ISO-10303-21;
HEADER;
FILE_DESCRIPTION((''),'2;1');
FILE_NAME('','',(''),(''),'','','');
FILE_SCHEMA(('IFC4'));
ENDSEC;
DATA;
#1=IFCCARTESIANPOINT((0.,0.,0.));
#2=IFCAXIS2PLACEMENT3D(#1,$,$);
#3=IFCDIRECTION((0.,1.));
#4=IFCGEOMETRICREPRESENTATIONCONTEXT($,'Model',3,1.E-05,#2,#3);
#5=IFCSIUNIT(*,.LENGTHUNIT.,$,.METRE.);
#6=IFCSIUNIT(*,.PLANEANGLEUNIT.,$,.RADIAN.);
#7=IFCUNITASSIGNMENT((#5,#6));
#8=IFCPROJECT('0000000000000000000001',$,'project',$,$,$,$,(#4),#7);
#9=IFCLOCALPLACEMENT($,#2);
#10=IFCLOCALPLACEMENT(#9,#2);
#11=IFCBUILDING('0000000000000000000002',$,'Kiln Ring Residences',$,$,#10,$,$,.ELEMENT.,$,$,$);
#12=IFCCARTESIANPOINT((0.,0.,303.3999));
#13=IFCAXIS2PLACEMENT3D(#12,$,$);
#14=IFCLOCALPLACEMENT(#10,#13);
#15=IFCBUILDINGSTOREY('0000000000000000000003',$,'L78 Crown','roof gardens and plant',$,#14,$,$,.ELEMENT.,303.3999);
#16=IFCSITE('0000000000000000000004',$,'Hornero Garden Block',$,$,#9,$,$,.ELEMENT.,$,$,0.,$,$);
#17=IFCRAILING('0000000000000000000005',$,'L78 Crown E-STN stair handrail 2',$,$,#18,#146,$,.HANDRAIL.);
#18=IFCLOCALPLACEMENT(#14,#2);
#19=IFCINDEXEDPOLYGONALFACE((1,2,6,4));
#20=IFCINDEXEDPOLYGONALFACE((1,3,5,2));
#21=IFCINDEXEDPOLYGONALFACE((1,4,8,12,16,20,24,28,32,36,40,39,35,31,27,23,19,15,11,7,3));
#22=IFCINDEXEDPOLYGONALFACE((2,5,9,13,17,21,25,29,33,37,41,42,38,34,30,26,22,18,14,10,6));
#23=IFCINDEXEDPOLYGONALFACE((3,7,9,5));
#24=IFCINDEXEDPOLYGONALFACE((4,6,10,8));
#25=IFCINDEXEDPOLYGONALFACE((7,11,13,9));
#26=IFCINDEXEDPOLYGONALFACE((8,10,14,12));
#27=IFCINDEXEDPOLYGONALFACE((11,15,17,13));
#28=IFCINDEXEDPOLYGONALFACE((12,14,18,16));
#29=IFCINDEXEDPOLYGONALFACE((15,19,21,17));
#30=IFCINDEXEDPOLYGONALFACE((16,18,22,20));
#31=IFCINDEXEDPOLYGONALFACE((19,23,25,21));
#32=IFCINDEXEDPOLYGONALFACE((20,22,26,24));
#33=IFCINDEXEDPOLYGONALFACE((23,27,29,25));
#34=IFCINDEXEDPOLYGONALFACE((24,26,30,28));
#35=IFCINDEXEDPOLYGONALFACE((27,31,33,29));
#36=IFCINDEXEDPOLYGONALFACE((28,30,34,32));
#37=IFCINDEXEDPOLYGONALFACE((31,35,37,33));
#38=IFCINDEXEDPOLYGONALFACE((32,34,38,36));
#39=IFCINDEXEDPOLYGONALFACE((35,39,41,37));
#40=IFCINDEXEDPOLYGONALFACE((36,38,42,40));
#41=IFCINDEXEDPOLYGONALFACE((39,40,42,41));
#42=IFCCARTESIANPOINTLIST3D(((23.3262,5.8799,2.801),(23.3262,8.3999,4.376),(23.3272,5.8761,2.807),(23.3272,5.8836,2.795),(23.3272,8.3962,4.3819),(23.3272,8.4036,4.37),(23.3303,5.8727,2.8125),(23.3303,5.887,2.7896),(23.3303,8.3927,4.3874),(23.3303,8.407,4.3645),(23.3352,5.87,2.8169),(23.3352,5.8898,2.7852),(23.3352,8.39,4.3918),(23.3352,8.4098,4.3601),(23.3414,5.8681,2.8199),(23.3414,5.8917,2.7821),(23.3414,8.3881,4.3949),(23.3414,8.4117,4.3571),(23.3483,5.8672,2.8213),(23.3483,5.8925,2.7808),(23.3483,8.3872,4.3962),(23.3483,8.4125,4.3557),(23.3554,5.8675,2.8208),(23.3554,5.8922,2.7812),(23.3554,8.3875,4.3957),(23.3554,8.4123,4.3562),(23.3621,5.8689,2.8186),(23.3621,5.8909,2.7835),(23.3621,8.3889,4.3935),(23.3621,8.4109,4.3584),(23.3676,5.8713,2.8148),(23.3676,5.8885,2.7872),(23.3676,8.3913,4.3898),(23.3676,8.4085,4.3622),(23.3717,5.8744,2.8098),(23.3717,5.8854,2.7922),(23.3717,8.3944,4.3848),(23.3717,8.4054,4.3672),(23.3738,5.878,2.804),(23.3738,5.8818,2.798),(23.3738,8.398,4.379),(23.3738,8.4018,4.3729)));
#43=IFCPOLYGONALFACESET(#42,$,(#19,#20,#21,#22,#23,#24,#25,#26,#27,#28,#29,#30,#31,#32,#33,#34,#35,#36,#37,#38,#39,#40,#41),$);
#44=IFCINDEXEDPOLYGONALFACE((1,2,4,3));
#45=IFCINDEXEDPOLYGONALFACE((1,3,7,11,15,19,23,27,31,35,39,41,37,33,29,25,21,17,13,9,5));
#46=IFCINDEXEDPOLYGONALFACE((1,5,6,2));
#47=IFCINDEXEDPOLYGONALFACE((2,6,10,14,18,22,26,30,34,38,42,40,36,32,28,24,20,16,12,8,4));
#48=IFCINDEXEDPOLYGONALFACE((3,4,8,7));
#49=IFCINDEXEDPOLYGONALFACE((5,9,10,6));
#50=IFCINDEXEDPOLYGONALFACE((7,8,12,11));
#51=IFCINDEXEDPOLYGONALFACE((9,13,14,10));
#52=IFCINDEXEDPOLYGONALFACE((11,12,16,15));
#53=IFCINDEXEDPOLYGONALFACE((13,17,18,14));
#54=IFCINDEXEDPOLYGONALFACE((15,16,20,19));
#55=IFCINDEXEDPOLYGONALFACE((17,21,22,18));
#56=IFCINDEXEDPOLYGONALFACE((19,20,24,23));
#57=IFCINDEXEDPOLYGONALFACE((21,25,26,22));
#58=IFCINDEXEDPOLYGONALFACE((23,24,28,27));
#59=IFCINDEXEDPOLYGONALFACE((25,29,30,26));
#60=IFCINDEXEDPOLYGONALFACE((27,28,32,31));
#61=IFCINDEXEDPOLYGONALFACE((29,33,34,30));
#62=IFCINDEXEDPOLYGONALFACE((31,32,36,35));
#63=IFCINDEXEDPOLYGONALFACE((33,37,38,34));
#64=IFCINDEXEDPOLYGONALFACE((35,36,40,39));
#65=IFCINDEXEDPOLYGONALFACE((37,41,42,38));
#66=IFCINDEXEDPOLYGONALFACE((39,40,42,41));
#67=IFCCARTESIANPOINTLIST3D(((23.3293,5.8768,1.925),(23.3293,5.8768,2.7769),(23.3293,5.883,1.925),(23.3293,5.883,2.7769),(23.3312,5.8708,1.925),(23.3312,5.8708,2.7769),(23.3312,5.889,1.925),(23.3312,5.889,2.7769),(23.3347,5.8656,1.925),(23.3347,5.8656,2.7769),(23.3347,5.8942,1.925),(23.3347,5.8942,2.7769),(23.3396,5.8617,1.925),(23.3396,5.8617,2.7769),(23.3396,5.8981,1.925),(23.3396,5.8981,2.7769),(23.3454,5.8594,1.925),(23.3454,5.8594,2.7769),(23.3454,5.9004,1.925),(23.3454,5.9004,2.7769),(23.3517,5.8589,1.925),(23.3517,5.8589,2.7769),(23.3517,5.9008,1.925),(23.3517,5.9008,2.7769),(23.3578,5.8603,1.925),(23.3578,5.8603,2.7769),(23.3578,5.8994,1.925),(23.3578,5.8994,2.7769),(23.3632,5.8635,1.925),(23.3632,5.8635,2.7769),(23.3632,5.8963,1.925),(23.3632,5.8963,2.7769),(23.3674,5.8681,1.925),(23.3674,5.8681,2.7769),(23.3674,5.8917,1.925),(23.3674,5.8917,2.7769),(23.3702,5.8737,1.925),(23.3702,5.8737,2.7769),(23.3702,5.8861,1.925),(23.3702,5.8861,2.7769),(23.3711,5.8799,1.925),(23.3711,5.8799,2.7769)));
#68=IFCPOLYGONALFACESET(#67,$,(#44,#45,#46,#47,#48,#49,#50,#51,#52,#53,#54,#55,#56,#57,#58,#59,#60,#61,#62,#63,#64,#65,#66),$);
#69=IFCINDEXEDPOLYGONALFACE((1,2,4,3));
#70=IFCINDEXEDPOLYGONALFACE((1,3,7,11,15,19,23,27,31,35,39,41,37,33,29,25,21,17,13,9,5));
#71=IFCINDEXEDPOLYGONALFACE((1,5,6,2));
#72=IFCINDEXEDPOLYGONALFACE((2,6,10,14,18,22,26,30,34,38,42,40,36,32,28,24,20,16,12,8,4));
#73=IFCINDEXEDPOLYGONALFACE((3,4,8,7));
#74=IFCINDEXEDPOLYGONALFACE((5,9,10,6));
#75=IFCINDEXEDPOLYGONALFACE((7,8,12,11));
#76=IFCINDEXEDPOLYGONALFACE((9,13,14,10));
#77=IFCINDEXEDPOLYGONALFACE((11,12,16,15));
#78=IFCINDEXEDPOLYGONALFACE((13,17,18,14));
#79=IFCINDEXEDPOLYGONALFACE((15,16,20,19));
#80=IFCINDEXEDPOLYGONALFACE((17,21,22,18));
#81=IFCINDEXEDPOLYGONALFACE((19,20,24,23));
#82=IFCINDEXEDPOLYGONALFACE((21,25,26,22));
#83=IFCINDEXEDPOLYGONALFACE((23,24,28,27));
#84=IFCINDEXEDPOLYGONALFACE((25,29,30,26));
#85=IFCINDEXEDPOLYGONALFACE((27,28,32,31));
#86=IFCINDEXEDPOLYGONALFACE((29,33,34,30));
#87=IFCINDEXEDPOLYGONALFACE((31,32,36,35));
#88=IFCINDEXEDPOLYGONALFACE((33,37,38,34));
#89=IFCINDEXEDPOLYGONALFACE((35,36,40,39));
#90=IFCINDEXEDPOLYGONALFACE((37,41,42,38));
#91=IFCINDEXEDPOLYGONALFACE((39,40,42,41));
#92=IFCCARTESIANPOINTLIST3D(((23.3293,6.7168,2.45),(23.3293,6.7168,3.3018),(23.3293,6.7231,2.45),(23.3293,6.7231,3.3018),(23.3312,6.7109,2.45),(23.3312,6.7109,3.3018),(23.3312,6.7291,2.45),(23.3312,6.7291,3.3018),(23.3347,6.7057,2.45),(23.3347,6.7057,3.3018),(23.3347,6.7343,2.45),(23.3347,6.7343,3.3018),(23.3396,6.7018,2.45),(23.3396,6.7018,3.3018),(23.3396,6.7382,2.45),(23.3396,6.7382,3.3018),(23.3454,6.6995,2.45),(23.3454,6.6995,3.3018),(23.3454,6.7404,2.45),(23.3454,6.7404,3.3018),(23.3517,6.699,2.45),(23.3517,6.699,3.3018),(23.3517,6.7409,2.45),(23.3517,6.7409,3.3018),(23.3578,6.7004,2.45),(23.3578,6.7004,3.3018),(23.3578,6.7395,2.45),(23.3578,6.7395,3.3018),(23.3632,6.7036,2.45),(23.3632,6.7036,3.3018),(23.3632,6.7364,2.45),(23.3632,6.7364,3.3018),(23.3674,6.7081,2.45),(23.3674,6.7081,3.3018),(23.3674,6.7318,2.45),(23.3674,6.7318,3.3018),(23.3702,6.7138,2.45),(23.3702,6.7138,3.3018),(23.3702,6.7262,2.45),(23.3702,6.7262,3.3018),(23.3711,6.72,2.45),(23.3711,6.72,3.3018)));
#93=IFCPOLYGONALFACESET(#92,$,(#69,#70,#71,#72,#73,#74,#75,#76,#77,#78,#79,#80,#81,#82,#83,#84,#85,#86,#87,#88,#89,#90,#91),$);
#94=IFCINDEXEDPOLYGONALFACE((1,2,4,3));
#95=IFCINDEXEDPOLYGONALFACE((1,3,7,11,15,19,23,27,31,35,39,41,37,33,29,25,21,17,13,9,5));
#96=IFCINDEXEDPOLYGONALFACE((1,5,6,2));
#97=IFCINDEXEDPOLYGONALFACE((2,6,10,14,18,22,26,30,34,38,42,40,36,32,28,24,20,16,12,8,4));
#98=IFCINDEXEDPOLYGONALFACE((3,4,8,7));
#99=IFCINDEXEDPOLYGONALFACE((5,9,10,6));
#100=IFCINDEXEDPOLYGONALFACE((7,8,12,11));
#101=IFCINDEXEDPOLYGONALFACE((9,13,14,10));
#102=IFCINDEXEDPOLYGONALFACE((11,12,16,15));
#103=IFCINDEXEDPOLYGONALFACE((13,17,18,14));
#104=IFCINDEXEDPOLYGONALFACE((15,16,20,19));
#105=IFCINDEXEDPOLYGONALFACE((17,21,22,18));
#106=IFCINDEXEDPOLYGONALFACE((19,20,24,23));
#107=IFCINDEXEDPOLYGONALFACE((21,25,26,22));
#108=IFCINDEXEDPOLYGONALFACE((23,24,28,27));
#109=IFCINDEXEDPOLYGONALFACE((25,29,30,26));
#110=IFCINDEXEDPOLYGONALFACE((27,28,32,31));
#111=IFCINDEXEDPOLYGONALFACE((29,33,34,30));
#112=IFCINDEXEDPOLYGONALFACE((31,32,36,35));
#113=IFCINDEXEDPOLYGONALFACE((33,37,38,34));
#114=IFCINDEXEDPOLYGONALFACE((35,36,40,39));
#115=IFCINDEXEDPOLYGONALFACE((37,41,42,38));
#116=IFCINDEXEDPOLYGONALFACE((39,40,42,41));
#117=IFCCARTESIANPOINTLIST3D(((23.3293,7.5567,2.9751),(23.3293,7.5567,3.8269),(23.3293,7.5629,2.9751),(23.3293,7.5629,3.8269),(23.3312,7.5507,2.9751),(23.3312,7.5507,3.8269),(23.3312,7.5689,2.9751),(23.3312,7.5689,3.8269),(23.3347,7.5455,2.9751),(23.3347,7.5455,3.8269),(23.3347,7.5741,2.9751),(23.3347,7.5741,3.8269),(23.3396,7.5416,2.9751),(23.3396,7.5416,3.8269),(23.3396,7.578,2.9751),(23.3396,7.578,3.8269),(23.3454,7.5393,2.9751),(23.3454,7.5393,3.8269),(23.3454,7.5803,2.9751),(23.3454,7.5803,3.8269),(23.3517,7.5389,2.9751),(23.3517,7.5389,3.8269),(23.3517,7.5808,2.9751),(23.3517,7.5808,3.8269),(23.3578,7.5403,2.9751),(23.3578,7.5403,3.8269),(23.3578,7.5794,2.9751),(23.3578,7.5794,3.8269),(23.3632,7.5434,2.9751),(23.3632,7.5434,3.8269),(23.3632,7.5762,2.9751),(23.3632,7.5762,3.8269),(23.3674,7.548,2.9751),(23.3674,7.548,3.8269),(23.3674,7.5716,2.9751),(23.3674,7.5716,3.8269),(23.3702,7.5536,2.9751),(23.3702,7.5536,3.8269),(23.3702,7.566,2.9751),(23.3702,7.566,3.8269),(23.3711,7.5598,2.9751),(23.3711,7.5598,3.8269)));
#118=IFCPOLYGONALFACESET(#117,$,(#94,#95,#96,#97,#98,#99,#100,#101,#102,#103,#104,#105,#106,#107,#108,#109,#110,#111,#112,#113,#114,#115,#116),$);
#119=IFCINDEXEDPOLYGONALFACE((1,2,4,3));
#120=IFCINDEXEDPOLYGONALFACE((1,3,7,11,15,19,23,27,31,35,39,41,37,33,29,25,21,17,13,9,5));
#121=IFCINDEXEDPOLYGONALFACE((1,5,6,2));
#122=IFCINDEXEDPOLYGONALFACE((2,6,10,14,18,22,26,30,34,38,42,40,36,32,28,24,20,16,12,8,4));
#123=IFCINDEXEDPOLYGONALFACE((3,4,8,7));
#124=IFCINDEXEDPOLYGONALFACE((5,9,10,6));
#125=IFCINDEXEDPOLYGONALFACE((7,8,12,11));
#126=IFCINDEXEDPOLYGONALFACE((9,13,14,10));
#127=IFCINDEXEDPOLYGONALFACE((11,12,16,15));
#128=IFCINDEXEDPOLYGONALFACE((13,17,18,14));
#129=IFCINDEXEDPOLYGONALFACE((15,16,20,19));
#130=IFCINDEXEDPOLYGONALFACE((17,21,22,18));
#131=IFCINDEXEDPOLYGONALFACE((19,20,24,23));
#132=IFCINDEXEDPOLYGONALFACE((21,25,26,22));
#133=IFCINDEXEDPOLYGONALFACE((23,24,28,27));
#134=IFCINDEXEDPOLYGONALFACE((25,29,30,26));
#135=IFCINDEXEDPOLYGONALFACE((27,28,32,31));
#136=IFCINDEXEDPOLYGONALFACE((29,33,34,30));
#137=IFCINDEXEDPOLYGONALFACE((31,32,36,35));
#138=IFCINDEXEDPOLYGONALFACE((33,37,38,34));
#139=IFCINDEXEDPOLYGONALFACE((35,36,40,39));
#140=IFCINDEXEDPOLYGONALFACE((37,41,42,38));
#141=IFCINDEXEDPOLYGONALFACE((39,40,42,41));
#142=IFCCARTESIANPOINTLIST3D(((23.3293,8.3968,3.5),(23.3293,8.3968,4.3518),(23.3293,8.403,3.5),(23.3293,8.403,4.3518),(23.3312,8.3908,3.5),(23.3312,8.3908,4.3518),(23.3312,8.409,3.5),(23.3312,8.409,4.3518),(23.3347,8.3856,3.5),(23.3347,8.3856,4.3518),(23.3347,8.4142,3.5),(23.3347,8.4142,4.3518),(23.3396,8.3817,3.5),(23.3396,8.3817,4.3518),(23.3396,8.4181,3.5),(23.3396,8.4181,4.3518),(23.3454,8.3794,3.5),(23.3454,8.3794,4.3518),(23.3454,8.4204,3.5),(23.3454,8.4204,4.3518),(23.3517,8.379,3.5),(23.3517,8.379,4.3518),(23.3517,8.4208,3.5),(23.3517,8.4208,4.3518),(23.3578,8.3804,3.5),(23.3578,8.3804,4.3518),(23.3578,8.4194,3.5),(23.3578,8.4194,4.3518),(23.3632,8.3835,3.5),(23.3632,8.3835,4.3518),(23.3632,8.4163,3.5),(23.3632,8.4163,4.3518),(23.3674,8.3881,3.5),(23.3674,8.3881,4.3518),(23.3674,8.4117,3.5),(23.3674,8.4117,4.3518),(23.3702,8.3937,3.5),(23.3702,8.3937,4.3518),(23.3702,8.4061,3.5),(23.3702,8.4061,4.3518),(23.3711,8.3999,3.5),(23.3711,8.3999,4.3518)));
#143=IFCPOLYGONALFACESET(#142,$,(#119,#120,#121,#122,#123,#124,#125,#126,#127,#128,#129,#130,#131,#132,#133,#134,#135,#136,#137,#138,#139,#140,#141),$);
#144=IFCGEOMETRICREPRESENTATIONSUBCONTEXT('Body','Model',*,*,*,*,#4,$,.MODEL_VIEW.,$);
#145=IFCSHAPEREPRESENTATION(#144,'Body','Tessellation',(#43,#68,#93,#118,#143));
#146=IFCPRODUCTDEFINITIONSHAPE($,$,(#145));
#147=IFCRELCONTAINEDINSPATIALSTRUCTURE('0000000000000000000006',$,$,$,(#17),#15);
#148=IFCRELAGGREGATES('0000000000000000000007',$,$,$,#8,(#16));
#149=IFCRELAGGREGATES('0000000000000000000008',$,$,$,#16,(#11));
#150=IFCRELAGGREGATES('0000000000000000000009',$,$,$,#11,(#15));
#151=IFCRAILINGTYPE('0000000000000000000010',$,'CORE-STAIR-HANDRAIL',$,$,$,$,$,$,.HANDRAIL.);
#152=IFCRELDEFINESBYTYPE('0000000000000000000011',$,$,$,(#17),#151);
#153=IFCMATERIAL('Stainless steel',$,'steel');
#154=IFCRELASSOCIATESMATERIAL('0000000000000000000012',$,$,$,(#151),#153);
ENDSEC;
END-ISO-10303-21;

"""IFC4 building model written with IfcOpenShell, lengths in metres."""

from ifc_helpers import new_model, si_unit, direction, frame, origin, origin_2d, place, context, subcontext, project, spatial, circle, extrude, material, type_object, element, save


model = new_model("IFC4")

# Units and contexts
model_context = context("Model", 3, precision=1e-05, world=origin(), true_north=direction((0.0, 1.0)))
body_context = subcontext(model_context, "Body", "Model", "MODEL_VIEW")
ifc_project = project(units=[si_unit("LENGTHUNIT", "METRE"), si_unit("PLANEANGLEUNIT", "RADIAN")], contexts=[model_context])

# Site, building, storey
site_placement = place(None, origin())
site = spatial("IfcSite", under=ifc_project, at=site_placement, Name="Hornero Garden Block", CompositionType="ELEMENT", RefElevation=0.0)
building_placement = place(site_placement, origin())
building = spatial("IfcBuilding", under=site, at=building_placement, Name="Kiln Ring Residences", CompositionType="ELEMENT")
storey_placement = place(building_placement, frame((0.0, 0.0, 303.3999)))
storey = spatial("IfcBuildingStorey", under=building, at=storey_placement, Name="L78 Crown", Description="roof gardens and plant", CompositionType="ELEMENT", Elevation=303.3999)

# Railing
ifc_material_1 = material(Name="Stainless steel", Category="steel")
railing_type_1 = type_object("IfcRailingType", Name="CORE-STAIR-HANDRAIL", PredefinedType="HANDRAIL", material=ifc_material_1)
railing_1_placement = place(storey_placement, frame((23.3501, 5.8799, 1.925)))
element("IfcRailing", 1, at=railing_1_placement, inside=storey, type_object=railing_type_1, Name="L78 Crown E-STN stair handrail 2", PredefinedType="HANDRAIL", context=body_context, shape_type="SweptSolid", body=[
    extrude(circle(Radius=0.0239, at=origin_2d()), frame((0.0, 0.0, 0.876), z_axis=(0.0, 0.848008, 0.529984), x_axis=(-1.0, 0.0, 0.0)), (0.0, 0.0, 1.0), 2.9717),
    extrude(circle(Radius=0.021, at=origin_2d()), origin(), (0.0, 0.0, 1.0), 0.8518),
    extrude(circle(Radius=0.021, at=origin_2d()), frame((0.0, 0.8401, 0.5249)), (0.0, 0.0, 1.0), 0.8518),
    extrude(circle(Radius=0.021, at=origin_2d()), frame((0.0, 1.6799, 1.05)), (0.0, 0.0, 1.0), 0.8518),
    extrude(circle(Radius=0.021, at=origin_2d()), frame((0.0, 2.52, 1.575)), (0.0, 0.0, 1.0), 0.8518),
])

save(model, "model.ifc")
